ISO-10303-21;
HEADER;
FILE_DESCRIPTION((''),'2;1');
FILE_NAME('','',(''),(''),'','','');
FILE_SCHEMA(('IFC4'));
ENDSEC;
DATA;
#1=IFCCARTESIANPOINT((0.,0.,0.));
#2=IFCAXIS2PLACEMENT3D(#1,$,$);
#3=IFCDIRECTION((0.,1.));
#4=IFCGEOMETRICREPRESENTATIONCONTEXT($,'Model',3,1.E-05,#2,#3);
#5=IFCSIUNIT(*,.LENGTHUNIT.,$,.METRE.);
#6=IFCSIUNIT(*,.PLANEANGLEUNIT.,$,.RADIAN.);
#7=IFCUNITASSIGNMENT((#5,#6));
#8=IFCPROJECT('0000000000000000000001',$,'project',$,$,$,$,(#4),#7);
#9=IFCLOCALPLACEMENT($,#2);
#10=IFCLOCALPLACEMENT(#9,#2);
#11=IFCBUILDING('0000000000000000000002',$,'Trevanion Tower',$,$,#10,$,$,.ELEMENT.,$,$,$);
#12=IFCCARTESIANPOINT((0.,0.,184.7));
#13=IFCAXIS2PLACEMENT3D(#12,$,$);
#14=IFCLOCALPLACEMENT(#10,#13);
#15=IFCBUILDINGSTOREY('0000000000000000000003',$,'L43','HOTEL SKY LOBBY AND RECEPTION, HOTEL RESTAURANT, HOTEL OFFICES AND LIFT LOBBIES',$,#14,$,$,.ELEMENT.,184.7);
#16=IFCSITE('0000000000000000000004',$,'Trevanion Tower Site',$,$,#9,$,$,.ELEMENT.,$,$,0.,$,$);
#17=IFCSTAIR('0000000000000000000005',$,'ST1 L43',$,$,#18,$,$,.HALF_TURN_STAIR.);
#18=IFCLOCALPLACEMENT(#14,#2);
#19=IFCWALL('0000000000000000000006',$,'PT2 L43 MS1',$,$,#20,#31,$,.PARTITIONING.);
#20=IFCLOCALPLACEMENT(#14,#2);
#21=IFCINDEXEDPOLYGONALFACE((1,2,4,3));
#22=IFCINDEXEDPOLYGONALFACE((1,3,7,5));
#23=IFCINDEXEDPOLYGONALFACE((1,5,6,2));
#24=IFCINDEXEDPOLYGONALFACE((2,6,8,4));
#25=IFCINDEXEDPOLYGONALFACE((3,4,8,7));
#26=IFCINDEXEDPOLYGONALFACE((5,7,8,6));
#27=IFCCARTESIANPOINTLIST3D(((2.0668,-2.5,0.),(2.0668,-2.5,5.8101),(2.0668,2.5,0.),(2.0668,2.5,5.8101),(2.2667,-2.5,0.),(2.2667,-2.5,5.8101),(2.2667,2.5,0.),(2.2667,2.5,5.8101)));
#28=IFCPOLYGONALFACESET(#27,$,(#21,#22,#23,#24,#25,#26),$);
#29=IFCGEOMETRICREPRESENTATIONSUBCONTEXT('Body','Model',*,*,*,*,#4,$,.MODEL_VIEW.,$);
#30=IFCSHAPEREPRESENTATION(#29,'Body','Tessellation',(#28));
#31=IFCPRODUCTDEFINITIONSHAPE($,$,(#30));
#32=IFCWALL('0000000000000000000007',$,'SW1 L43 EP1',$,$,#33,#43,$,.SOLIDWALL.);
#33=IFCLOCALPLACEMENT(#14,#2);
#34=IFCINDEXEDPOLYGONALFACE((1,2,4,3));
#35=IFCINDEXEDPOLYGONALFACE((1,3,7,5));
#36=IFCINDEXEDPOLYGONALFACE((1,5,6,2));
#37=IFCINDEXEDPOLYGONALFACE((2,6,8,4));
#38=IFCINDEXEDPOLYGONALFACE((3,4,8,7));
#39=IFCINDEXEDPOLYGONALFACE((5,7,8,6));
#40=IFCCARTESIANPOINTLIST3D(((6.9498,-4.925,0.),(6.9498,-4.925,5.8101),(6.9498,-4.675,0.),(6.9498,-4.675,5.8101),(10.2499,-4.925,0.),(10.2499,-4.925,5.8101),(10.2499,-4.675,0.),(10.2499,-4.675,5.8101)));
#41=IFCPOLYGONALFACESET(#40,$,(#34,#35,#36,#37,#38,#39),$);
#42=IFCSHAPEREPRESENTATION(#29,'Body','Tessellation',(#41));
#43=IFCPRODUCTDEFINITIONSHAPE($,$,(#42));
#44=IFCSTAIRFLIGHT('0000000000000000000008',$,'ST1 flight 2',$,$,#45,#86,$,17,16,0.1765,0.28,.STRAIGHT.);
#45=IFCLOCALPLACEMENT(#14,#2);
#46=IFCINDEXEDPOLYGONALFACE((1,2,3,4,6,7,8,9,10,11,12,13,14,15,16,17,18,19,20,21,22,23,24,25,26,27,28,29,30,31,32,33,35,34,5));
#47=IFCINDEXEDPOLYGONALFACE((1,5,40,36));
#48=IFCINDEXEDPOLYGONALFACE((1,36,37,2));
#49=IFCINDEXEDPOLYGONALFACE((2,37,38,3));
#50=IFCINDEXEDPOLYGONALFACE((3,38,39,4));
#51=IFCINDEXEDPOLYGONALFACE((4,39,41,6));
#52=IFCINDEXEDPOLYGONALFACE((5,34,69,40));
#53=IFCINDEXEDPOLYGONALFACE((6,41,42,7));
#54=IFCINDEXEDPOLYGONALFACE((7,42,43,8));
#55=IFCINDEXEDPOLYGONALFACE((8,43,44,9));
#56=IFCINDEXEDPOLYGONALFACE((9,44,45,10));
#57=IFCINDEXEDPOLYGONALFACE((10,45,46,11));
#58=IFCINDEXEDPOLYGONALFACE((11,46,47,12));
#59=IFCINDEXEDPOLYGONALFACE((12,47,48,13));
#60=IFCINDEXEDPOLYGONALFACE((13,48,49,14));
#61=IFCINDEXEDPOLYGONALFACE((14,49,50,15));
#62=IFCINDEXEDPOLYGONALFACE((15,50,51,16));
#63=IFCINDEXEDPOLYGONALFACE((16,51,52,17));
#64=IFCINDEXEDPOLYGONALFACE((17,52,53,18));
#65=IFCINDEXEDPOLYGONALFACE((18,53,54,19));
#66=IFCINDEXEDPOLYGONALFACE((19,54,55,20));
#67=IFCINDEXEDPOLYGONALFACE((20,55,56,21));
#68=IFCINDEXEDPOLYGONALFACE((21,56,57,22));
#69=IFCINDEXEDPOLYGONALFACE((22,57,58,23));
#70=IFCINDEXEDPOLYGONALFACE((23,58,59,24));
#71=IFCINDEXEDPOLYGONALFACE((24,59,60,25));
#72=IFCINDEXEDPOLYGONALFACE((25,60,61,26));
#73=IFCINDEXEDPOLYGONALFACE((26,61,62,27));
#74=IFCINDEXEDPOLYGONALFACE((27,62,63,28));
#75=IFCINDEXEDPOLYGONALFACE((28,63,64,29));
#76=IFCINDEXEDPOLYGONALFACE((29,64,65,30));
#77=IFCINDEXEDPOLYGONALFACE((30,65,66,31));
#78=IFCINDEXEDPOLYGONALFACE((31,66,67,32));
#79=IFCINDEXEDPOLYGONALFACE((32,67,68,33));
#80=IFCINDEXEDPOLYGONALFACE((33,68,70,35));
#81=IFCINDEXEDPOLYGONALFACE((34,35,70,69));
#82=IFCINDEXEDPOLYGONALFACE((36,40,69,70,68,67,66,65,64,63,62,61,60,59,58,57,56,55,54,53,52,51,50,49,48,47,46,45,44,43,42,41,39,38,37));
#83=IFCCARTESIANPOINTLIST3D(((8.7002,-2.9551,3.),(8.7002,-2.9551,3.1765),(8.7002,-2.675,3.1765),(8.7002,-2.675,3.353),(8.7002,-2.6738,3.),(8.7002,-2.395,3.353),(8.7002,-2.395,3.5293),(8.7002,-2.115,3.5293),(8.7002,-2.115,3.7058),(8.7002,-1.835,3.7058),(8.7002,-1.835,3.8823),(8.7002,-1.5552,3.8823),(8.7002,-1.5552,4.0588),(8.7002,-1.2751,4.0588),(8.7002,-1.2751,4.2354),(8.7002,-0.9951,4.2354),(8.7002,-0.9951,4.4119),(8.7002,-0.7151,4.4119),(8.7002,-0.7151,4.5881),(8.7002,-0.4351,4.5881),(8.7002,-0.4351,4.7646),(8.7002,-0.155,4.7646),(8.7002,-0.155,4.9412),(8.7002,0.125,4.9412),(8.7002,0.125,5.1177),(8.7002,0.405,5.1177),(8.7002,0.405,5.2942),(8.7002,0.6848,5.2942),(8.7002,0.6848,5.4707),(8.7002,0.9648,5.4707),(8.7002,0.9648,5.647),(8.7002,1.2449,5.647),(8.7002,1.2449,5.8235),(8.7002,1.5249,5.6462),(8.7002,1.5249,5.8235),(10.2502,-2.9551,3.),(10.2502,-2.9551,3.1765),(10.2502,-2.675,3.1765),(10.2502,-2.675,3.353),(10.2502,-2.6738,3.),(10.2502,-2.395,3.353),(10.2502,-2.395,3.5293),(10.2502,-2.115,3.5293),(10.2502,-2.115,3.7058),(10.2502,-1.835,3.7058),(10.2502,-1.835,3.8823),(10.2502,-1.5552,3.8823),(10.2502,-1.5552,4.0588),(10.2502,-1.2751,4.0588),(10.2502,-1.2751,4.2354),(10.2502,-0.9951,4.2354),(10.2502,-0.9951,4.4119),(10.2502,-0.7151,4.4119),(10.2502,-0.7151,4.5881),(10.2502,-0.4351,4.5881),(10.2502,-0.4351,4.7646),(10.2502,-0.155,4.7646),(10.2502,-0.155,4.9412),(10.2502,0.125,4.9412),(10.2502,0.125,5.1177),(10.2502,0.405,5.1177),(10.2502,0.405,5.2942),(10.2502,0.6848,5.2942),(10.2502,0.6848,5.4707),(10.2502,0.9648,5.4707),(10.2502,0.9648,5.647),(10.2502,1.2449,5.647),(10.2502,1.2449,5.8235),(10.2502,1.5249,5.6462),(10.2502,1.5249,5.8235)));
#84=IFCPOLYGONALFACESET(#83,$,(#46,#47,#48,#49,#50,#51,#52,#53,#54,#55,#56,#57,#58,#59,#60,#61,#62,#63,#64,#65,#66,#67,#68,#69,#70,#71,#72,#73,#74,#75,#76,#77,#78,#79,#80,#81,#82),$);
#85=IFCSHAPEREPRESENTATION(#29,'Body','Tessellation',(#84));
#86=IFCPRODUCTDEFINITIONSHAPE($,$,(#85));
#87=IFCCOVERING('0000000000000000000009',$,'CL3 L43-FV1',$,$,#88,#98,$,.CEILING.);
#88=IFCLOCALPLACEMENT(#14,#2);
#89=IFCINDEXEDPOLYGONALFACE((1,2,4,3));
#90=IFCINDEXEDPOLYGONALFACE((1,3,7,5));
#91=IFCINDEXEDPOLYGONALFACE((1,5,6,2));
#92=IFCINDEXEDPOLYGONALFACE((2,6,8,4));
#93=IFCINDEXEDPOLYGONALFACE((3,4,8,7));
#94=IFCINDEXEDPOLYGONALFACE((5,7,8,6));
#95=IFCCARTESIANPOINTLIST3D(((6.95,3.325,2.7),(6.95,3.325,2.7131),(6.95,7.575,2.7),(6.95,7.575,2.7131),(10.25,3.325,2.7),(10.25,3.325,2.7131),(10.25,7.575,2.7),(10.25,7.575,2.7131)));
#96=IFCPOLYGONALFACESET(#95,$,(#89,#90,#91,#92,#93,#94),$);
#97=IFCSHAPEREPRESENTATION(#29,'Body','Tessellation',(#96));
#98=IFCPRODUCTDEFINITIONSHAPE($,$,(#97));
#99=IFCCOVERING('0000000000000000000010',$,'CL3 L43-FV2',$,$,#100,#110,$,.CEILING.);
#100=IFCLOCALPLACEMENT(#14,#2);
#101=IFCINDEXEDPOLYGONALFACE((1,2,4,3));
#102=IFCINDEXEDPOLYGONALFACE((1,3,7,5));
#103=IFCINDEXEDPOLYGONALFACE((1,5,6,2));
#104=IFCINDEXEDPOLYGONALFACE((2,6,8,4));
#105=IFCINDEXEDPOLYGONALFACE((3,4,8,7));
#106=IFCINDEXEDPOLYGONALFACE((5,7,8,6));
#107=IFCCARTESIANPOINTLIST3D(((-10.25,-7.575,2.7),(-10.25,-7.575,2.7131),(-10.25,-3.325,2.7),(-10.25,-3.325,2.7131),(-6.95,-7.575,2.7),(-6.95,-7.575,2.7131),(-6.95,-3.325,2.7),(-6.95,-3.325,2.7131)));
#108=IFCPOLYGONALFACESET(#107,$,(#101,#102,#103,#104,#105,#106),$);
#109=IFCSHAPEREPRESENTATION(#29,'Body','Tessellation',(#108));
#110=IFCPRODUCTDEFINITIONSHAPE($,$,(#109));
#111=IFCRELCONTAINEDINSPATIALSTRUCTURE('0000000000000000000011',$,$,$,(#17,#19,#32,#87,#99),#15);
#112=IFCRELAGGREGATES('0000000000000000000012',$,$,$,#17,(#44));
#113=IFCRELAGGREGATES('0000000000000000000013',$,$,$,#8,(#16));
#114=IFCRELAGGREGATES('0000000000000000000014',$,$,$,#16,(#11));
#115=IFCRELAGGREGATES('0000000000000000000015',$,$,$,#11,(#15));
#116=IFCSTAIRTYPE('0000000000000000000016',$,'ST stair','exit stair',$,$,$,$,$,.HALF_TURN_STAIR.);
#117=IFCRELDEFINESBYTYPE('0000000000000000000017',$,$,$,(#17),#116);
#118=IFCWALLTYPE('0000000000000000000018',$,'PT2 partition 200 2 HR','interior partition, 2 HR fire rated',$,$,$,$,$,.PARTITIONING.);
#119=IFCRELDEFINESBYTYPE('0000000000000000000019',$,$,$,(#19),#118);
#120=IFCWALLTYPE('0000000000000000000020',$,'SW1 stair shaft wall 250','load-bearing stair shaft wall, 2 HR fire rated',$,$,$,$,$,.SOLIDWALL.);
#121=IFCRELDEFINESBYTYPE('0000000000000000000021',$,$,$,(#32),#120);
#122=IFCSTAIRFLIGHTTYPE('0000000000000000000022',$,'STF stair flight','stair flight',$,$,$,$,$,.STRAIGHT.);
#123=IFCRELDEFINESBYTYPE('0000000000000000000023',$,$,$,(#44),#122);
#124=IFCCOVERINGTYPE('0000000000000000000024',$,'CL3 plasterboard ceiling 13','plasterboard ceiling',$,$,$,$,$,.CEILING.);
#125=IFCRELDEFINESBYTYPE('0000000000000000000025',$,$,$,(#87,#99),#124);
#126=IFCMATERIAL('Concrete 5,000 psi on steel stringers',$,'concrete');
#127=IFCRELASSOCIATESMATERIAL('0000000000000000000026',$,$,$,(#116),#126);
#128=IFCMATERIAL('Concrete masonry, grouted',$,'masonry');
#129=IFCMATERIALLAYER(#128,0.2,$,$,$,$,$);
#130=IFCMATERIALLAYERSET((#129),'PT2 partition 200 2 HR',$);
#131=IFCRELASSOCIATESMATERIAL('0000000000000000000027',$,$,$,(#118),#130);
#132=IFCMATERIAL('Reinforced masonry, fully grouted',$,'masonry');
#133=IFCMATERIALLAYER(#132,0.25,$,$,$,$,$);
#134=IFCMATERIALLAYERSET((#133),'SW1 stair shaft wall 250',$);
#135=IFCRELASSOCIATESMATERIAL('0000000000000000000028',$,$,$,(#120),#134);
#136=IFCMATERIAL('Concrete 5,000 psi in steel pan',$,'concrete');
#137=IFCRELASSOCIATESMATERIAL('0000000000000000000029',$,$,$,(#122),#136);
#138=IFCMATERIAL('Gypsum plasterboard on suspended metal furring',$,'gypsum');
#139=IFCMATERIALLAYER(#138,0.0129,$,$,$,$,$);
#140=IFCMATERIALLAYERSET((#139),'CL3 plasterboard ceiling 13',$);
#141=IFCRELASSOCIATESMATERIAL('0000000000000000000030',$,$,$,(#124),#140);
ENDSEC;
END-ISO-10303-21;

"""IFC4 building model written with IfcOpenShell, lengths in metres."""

from ifc_helpers import new_model, si_unit, direction, frame, frame_2d, origin, place, context, subcontext, project, spatial, polyline, rectangle, outline, extrude, material, layer, layer_set, type_object, element, aggregate, save


model = new_model("IFC4")

# Units and contexts
model_context = context("Model", 3, precision=1e-05, world=origin(), true_north=direction((0.0, 1.0)))
body_context = subcontext(model_context, "Body", "Model", "MODEL_VIEW")
ifc_project = project(units=[si_unit("LENGTHUNIT", "METRE"), si_unit("PLANEANGLEUNIT", "RADIAN")], contexts=[model_context])

# Site, building, storey
site_placement = place(None, origin())
site = spatial("IfcSite", under=ifc_project, at=site_placement, Name="Trevanion Tower Site", CompositionType="ELEMENT", RefElevation=0.0)
building_placement = place(site_placement, origin())
building = spatial("IfcBuilding", under=site, at=building_placement, Name="Trevanion Tower", CompositionType="ELEMENT")
storey_placement = place(building_placement, frame((0.0, 0.0, 184.7)))
storey = spatial("IfcBuildingStorey", under=building, at=storey_placement, Name="L43", Description="HOTEL SKY LOBBY AND RECEPTION, HOTEL RESTAURANT, HOTEL OFFICES AND LIFT LOBBIES", CompositionType="ELEMENT", Elevation=184.7)

# Stair
ifc_material_1 = material(Name="Concrete 5,000 psi on steel stringers", Category="concrete")
stair_type = type_object("IfcStairType", Name="ST stair", Description="exit stair", PredefinedType="HALF_TURN_STAIR", material=ifc_material_1)
stair_1_placement = place(storey_placement, origin())
stair_1 = element("IfcStair", 1, at=stair_1_placement, inside=storey, type_object=stair_type, Name="ST1 L43", PredefinedType="HALF_TURN_STAIR")

# Walls
ifc_material_2 = material(Name="Concrete masonry, grouted", Category="masonry")
ifc_layer_1 = layer(ifc_material_2, 0.2)
ifc_layer_set_1 = layer_set([ifc_layer_1], Name="PT2 partition 200 2 HR")
wall_type_1 = type_object("IfcWallType", Name="PT2 partition 200 2 HR", Description="interior partition, 2 HR fire rated", PredefinedType="PARTITIONING", material=ifc_layer_set_1)
wall_1_placement = place(storey_placement, frame((2.1667, -2.5, 0.0), z_axis=(0.0, 0.0, 1.0), x_axis=(0.0, 1.0, 0.0)))
element("IfcWall", 2, at=wall_1_placement, inside=storey, type_object=wall_type_1, Name="PT2 L43 MS1", PredefinedType="PARTITIONING", context=body_context, shape_type="SweptSolid", body=[
    extrude(rectangle(XDim=5.0, YDim=0.2, at=frame_2d((2.5, 0.0))), origin(), (0.0, 0.0, 1.0), 5.8101),
])
ifc_material_3 = material(Name="Reinforced masonry, fully grouted", Category="masonry")
ifc_layer_2 = layer(ifc_material_3, 0.25)
ifc_layer_set_2 = layer_set([ifc_layer_2], Name="SW1 stair shaft wall 250")
wall_type_2 = type_object("IfcWallType", Name="SW1 stair shaft wall 250", Description="load-bearing stair shaft wall, 2 HR fire rated", PredefinedType="SOLIDWALL", material=ifc_layer_set_2)
wall_2_placement = place(storey_placement, frame((6.95, -4.8, 0.0), z_axis=(0.0, 0.0, 1.0), x_axis=(1.0, 0.0, 0.0)))
element("IfcWall", 3, at=wall_2_placement, inside=storey, type_object=wall_type_2, Name="SW1 L43 EP1", PredefinedType="SOLIDWALL", context=body_context, shape_type="SweptSolid", body=[
    extrude(rectangle(XDim=3.3, YDim=0.25, at=frame_2d((1.6499, 0.0))), origin(), (0.0, 0.0, 1.0), 5.8101),
])

# Stair flight
ifc_material_4 = material(Name="Concrete 5,000 psi in steel pan", Category="concrete")
stair_flight_type = type_object("IfcStairFlightType", Name="STF stair flight", Description="stair flight", PredefinedType="STRAIGHT", material=ifc_material_4)
stair_flight_placement = place(storey_placement, frame((9.4751, -2.9551, 3.0), z_axis=(0.0, 0.0, 1.0), x_axis=(0.0, 1.0, 0.0)))
stair_flight = element("IfcStairFlight", 4, at=stair_flight_placement, type_object=stair_flight_type, Name="ST1 flight 2", NumberOfRisers=17, NumberOfTreads=16, PredefinedType="STRAIGHT", RiserHeight=0.1765, TreadLength=0.28, context=body_context, shape_type="SweptSolid", body=[
    extrude(outline(polyline([(0.0, 0.0), (0.0, 0.1765), (0.28, 0.1765), (0.28, 0.353), (0.5601, 0.353), (0.5601, 0.5293), (0.8401, 0.5293), (0.8401, 0.7058), (1.1201, 0.7058), (1.1201, 0.8823), (1.3999, 0.8823), (1.3999, 1.0588), (1.6799, 1.0588), (1.6799, 1.2354), (1.96, 1.2354), (1.96, 1.4119), (2.24, 1.4119), (2.24, 1.5881), (2.52, 1.5881), (2.52, 1.7646), (2.8, 1.7646), (2.8, 1.9412), (3.0801, 1.9412), (3.0801, 2.1177), (3.3601, 2.1177), (3.3601, 2.2942), (3.6399, 2.2942), (3.6399, 2.4707), (3.9199, 2.4707), (3.9199, 2.647), (4.2, 2.647), (4.2, 2.8235), (4.48, 2.8235), (4.48, 3.0), (4.48, 2.6462), (0.2812, 0.0), (0.0, 0.0)])), frame((0.0, 0.7749, 0.0), z_axis=(0.0, -1.0, 0.0), x_axis=(1.0, 0.0, 0.0)), (0.0, 0.0, 1.0), 1.55),
])
aggregate(stair_1, [stair_flight])

# Coverings
ifc_material_5 = material(Name="Gypsum plasterboard on suspended metal furring", Category="gypsum")
ifc_layer_3 = layer(ifc_material_5, 0.0129)
ifc_layer_set_3 = layer_set([ifc_layer_3], Name="CL3 plasterboard ceiling 13")
covering_type = type_object("IfcCoveringType", Name="CL3 plasterboard ceiling 13", Description="plasterboard ceiling", PredefinedType="CEILING", material=ifc_layer_set_3)
covering_1_placement = place(storey_placement, frame((0.0, 0.0, 2.7)))
element("IfcCovering", 5, at=covering_1_placement, inside=storey, type_object=covering_type, Name="CL3 L43-FV1", PredefinedType="CEILING", context=body_context, shape_type="SweptSolid", body=[
    extrude(outline(polyline([(10.25, 3.325), (10.25, 7.575), (6.95, 7.575), (6.95, 3.325), (10.25, 3.325)])), origin(), (0.0, 0.0, 1.0), 0.0132),
])
covering_2_placement = place(storey_placement, frame((0.0, 0.0, 2.7)))
element("IfcCovering", 6, at=covering_2_placement, inside=storey, type_object=covering_type, Name="CL3 L43-FV2", PredefinedType="CEILING", context=body_context, shape_type="SweptSolid", body=[
    extrude(outline(polyline([(-10.25, -3.325), (-10.25, -7.575), (-6.95, -7.575), (-6.95, -3.325), (-10.25, -3.325)])), origin(), (0.0, 0.0, 1.0), 0.0132),
])

save(model, "model.ifc")
